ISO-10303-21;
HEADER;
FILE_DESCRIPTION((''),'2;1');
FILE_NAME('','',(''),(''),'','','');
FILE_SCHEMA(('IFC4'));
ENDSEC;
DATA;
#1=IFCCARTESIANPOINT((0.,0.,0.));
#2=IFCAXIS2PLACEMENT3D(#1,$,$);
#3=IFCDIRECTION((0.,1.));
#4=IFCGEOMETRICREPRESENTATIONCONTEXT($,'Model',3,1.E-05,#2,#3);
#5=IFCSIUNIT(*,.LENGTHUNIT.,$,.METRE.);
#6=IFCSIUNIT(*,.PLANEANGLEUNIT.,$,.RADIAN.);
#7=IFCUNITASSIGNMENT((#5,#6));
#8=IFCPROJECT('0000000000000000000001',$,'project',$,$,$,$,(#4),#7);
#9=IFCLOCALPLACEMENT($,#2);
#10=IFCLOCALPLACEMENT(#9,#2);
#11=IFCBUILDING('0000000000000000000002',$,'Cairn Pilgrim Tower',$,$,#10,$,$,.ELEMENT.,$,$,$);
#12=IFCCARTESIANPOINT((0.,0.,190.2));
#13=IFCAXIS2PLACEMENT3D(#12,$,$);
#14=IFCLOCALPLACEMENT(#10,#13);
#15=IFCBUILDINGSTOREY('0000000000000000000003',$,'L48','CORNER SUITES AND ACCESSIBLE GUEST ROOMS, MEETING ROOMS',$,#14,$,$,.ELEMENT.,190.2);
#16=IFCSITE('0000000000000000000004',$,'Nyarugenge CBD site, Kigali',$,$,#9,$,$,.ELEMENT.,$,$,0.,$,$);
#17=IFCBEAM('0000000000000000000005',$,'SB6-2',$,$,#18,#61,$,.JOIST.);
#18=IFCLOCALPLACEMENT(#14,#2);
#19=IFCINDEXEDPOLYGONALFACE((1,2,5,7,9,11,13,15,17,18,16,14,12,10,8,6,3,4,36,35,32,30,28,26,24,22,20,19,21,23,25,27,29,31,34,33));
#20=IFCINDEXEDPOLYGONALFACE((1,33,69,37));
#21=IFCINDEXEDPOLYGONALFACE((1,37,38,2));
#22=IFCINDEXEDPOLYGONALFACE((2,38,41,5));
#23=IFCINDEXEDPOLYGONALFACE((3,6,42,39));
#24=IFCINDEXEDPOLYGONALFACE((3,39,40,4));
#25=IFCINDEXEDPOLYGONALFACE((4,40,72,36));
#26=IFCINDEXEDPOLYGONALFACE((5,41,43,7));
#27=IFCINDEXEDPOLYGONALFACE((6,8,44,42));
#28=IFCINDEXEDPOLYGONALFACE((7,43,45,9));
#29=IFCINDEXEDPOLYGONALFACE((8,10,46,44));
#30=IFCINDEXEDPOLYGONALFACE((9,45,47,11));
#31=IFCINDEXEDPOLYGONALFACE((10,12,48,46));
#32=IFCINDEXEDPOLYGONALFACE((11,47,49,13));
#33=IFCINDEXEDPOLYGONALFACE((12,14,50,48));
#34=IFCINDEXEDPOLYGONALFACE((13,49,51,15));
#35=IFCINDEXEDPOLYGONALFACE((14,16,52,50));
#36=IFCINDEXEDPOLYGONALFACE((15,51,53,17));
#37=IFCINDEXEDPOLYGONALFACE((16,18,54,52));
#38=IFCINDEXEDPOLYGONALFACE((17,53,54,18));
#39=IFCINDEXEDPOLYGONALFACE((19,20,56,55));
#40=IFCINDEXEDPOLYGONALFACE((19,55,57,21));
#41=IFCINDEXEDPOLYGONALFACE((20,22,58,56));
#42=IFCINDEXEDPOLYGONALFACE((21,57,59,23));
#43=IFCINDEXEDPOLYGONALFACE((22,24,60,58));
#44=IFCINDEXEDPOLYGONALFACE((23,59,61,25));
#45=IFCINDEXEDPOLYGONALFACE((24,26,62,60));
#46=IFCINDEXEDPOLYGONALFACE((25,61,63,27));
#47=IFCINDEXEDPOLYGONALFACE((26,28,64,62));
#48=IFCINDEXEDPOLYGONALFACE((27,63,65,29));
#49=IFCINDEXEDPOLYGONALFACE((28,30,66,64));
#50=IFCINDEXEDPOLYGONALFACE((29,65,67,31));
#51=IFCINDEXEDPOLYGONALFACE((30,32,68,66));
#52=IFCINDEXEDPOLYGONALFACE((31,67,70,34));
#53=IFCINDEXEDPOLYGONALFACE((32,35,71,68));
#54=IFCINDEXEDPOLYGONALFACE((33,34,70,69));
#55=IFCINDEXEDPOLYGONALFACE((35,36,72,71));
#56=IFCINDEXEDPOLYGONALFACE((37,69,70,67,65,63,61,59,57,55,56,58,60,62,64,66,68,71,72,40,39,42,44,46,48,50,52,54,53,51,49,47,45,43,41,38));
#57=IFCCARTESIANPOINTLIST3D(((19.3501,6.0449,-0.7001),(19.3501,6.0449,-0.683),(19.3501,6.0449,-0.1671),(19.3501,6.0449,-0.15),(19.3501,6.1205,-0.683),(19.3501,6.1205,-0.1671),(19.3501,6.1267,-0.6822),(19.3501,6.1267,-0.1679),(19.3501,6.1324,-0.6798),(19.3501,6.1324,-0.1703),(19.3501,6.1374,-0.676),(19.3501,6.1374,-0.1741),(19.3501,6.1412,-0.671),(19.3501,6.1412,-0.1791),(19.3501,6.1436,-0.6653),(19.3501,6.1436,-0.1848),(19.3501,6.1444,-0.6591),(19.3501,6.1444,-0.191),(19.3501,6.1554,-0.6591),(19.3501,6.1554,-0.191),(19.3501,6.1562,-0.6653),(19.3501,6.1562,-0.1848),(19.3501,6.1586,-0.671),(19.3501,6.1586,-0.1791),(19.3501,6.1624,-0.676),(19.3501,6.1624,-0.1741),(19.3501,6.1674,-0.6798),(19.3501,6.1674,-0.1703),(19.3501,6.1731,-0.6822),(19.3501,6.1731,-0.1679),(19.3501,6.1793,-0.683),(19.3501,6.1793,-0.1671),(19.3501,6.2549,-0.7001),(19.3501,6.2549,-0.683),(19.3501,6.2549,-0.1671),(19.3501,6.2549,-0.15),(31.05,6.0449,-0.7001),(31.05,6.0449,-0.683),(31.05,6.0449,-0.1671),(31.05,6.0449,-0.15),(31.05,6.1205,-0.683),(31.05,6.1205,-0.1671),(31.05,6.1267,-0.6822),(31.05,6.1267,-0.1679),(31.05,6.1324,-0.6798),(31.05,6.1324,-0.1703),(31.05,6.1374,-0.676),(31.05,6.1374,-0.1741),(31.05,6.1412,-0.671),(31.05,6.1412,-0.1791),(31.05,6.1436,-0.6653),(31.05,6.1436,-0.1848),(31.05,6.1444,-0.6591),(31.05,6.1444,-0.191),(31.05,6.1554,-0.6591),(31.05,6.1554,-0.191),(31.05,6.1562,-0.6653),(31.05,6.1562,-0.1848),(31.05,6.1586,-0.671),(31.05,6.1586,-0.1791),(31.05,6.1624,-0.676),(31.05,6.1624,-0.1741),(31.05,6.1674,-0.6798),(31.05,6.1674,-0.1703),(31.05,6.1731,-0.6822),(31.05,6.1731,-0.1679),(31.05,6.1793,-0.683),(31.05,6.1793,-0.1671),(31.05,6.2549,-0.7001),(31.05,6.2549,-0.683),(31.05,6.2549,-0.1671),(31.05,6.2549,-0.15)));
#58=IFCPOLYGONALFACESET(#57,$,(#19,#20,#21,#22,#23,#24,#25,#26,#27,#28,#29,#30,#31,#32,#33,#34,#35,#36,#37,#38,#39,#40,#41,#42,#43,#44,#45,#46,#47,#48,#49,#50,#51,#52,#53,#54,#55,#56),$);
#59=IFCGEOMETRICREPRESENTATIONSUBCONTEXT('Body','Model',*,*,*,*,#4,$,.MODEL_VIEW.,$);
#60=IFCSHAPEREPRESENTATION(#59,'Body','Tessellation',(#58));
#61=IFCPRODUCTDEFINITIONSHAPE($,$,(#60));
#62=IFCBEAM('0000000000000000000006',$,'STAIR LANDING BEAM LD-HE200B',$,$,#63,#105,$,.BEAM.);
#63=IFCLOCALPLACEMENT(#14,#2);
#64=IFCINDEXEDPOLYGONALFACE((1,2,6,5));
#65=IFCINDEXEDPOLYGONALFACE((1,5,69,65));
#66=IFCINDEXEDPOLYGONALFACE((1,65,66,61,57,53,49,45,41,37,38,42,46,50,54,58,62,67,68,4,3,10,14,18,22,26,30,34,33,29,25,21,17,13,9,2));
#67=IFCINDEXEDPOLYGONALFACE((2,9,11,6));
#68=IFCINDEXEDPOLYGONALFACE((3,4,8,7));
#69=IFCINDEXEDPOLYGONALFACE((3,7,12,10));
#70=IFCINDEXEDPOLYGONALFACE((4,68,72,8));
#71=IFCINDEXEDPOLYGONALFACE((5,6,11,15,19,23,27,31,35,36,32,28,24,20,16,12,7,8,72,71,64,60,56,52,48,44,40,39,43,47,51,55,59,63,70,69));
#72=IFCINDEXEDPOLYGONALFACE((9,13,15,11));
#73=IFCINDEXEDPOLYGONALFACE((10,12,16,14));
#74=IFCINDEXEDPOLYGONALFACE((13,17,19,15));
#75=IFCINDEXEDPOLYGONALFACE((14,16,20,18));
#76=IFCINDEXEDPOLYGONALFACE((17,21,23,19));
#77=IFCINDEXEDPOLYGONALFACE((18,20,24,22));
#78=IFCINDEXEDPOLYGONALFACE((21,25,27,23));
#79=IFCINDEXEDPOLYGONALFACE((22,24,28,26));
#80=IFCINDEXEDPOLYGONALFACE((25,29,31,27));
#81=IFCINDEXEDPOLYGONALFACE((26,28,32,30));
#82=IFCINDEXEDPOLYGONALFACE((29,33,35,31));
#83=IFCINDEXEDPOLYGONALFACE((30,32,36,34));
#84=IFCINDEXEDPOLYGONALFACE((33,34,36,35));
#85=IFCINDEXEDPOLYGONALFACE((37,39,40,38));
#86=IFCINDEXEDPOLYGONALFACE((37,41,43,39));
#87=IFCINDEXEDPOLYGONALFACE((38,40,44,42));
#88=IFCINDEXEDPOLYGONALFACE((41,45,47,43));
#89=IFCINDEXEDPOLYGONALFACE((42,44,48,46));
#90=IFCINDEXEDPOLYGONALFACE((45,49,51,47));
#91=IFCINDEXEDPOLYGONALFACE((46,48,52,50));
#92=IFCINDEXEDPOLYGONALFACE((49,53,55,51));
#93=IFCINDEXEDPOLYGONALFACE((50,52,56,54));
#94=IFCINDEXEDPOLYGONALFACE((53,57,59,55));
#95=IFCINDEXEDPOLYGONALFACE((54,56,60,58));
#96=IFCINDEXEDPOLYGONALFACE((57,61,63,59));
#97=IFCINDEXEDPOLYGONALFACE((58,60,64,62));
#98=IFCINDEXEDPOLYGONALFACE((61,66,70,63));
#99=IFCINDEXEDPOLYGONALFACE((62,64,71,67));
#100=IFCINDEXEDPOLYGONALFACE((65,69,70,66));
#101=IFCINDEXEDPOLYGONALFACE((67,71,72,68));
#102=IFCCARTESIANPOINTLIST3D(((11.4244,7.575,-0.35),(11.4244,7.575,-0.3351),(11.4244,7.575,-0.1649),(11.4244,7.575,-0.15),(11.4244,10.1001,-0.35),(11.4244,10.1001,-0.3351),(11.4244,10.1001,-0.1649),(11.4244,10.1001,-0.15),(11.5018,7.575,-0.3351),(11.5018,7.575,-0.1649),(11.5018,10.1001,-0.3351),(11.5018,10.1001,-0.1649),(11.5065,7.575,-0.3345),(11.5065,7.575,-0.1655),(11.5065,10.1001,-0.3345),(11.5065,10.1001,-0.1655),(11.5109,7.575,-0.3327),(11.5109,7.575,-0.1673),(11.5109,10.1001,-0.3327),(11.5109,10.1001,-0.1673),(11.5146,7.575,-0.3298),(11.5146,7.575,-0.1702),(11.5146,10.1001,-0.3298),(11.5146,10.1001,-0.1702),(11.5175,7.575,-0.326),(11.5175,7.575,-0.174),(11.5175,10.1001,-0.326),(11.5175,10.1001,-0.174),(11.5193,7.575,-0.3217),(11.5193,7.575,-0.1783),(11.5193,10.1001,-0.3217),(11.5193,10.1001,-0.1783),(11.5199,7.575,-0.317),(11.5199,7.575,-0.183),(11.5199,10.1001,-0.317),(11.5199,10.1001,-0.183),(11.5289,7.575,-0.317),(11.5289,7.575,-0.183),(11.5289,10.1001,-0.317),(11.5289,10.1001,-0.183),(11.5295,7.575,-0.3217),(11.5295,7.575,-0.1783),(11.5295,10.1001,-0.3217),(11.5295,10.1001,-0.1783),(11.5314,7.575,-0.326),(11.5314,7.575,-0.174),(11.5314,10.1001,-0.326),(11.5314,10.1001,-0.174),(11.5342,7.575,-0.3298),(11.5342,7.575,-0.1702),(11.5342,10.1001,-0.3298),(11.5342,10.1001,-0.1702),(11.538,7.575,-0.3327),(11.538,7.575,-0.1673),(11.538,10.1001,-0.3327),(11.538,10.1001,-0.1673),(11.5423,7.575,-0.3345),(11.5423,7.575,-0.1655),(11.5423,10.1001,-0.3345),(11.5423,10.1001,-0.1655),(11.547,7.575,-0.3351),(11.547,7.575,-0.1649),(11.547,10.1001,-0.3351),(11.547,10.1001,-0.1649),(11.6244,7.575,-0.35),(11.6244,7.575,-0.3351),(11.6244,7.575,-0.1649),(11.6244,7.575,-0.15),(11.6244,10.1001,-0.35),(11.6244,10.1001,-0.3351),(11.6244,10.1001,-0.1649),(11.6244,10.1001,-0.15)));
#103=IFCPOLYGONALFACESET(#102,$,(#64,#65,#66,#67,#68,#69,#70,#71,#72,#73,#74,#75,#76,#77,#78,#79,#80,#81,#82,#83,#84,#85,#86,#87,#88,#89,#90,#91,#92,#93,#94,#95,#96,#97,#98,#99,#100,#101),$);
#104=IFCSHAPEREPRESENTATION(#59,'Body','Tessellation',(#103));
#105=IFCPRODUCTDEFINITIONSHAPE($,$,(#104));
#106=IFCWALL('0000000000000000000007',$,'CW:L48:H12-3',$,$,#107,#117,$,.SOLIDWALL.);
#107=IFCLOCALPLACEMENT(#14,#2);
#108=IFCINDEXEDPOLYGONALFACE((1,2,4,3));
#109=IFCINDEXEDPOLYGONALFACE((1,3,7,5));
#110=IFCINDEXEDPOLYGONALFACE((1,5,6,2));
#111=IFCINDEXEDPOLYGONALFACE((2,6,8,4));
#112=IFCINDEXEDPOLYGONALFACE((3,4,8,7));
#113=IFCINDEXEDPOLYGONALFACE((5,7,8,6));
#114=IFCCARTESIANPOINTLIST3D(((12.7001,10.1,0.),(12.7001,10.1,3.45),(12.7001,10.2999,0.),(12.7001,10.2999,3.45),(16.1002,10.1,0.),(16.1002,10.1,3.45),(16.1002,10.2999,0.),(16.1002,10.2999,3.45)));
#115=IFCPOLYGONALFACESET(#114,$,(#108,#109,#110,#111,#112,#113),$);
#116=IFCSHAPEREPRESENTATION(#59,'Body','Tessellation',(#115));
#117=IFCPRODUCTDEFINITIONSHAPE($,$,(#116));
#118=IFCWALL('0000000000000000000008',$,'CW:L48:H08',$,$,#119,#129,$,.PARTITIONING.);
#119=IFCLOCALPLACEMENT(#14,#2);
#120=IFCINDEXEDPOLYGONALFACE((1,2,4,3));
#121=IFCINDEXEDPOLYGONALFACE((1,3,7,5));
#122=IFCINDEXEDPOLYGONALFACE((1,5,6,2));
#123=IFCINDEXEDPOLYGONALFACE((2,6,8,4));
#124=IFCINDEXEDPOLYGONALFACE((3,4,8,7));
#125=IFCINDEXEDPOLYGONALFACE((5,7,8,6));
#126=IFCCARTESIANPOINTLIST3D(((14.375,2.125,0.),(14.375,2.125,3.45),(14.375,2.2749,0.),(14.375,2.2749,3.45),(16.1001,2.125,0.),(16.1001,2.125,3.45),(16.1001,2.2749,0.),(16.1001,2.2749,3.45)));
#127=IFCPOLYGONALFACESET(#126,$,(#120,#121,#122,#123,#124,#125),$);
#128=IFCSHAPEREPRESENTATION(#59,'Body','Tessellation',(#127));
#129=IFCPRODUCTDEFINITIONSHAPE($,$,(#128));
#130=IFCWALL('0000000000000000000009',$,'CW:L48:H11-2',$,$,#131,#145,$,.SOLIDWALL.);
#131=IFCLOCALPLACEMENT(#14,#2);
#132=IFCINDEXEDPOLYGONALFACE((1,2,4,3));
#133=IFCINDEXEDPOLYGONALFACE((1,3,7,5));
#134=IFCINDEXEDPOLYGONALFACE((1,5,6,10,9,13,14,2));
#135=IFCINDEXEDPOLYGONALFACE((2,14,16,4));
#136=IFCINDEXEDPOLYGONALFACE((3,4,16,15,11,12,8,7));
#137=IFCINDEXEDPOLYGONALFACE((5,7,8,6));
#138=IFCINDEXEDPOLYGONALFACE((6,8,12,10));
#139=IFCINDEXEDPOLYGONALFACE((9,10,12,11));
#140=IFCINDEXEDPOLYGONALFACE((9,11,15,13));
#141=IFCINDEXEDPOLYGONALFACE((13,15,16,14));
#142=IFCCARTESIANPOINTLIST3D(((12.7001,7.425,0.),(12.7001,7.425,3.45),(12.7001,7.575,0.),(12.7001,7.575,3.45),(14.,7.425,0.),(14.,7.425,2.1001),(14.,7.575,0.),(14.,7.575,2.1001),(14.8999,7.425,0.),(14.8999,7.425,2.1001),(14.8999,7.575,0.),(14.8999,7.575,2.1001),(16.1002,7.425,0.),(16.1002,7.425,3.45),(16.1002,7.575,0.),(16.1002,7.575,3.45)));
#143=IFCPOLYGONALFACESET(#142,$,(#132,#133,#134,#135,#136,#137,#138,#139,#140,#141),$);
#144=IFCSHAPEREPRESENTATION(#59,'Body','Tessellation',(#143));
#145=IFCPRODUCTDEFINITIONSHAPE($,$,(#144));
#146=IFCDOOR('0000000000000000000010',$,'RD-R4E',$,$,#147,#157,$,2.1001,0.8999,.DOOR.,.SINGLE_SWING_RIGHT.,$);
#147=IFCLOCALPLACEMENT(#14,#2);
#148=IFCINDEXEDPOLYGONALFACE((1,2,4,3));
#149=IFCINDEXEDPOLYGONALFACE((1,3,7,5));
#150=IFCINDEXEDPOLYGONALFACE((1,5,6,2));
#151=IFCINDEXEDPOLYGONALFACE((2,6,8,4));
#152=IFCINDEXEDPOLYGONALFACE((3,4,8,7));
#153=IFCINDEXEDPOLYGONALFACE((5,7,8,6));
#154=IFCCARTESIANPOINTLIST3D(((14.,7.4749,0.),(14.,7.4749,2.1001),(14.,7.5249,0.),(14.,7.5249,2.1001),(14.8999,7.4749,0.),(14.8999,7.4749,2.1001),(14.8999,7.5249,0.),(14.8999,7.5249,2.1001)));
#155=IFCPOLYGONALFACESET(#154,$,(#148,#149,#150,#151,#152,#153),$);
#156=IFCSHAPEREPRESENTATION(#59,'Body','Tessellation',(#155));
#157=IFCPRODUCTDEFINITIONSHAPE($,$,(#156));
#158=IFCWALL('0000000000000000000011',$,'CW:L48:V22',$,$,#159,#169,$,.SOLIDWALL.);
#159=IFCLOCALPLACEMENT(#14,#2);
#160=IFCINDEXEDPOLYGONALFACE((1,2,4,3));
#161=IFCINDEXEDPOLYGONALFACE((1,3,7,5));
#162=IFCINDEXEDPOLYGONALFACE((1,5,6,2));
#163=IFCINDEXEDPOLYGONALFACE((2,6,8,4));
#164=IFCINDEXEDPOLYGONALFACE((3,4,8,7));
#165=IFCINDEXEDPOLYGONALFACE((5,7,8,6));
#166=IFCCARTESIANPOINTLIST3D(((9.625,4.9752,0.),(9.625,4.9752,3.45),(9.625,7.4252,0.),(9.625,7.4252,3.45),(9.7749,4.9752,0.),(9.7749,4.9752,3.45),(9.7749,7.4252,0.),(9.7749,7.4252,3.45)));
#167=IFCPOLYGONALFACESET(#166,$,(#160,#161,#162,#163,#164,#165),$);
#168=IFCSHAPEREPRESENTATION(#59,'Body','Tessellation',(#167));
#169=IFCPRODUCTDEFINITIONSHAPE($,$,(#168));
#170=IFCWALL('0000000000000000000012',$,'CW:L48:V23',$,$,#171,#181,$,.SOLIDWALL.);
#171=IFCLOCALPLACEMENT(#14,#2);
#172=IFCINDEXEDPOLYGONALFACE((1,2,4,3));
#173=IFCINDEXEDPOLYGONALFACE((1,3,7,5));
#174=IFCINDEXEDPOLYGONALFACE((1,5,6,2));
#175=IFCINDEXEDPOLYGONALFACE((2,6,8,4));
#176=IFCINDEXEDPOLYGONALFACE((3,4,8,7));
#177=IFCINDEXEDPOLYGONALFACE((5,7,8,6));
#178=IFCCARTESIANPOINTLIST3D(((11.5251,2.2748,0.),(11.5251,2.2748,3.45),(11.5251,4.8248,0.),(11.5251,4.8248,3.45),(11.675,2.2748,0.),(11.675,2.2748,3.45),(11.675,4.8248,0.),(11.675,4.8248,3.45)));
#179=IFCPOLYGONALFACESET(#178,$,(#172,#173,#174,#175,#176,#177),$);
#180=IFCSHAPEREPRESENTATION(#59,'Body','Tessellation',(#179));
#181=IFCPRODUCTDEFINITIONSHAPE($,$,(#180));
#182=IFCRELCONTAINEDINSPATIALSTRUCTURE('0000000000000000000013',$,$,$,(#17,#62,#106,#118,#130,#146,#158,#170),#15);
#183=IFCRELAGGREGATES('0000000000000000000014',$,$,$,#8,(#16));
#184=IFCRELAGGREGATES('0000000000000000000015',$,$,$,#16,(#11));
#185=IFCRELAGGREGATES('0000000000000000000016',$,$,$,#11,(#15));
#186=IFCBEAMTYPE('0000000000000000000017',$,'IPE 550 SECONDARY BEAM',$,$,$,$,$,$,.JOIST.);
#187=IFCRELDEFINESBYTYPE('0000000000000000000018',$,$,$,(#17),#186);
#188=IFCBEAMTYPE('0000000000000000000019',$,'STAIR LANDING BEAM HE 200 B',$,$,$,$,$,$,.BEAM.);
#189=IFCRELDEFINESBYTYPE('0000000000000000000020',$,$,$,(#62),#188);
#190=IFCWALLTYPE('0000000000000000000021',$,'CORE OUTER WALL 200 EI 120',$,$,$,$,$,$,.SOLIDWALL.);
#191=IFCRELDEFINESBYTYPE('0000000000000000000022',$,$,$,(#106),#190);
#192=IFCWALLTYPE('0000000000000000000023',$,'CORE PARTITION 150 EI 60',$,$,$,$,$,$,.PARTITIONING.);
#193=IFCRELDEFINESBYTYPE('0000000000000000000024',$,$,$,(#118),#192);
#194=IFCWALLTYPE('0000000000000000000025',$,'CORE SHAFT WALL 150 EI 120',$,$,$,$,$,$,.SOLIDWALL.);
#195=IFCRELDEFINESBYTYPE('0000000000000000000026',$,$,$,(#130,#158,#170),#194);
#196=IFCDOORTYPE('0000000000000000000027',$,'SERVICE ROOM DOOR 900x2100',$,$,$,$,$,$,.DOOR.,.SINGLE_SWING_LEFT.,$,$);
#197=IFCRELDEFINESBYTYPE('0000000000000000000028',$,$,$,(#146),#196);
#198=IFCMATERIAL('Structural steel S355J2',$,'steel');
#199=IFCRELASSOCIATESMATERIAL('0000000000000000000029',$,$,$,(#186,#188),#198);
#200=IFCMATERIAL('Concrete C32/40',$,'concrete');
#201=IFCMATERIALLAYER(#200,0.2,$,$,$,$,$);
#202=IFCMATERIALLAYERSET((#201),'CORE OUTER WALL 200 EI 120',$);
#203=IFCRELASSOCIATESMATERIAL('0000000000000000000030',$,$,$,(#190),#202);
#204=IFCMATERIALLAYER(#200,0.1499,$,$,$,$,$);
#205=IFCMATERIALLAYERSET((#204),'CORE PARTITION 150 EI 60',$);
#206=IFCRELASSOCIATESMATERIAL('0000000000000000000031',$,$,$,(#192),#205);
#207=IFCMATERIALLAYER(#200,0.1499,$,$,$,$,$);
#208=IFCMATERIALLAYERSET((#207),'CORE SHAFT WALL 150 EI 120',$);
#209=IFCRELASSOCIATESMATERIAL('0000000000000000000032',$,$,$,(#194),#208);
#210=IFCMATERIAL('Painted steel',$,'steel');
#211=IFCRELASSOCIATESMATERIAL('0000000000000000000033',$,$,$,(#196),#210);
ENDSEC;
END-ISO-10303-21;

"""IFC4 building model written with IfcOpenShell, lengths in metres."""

from ifc_helpers import new_model, si_unit, direction, frame, frame_2d, origin, origin_2d, place, context, subcontext, project, spatial, rectangle, i_section, extrude, material, layer, layer_set, material_profile, profile_set, type_object, element, fill, save


model = new_model("IFC4")

# Units and contexts
model_context = context("Model", 3, precision=1e-05, world=origin(), true_north=direction((0.0, 1.0)))
body_context = subcontext(model_context, "Body", "Model", "MODEL_VIEW")
ifc_project = project(units=[si_unit("LENGTHUNIT", "METRE"), si_unit("PLANEANGLEUNIT", "RADIAN")], contexts=[model_context])

# Site, building, storey
site_placement = place(None, origin())
site = spatial("IfcSite", under=ifc_project, at=site_placement, Name="Nyarugenge CBD site, Kigali", CompositionType="ELEMENT", RefElevation=0.0)
building_placement = place(site_placement, origin())
building = spatial("IfcBuilding", under=site, at=building_placement, Name="Cairn Pilgrim Tower", CompositionType="ELEMENT")
storey_placement = place(building_placement, frame((0.0, 0.0, 190.2)))
storey = spatial("IfcBuildingStorey", under=building, at=storey_placement, Name="L48", Description="CORNER SUITES AND ACCESSIBLE GUEST ROOMS, MEETING ROOMS", CompositionType="ELEMENT", Elevation=190.2)

# Shared definitions
ifc_material_1 = material(Name="Structural steel S355J2", Category="steel")

# Beams
ifc_material_profile_1 = material_profile(ifc_material_1, i_section(OverallWidth=0.21, OverallDepth=0.55, WebThickness=0.011, FlangeThickness=0.0171, FilletRadius=0.0239, at=origin_2d()), Name="IPE 550")
ifc_profile_set_1 = profile_set([ifc_material_profile_1], Name="Structural steel S355J2")
beam_type_1 = type_object("IfcBeamType", Name="IPE 550 SECONDARY BEAM", PredefinedType="JOIST", material=ifc_profile_set_1)
for number, where, z_axis, x_axis, name in (
    (1, (19.3501, 6.1499, -0.425), (1.0, 0.0, 0.0), (0.0, 1.0, 0.0), "SB6-2"),
):
    element("IfcBeam", number, at=place(storey_placement, frame(where, z_axis=z_axis, x_axis=x_axis)), inside=storey, type_object=beam_type_1, Name=name, PredefinedType="JOIST", context=body_context, shape_type="SweptSolid", body=[
        extrude(i_section(OverallWidth=0.21, OverallDepth=0.55, WebThickness=0.011, FlangeThickness=0.0171, FilletRadius=0.0239, at=origin_2d()), origin(), (0.0, 0.0, 1.0), 11.7),
    ])
ifc_material_profile_2 = material_profile(ifc_material_1, i_section(OverallWidth=0.2, OverallDepth=0.2, WebThickness=0.009, FlangeThickness=0.0149, FilletRadius=0.0181, at=origin_2d()), Name="HE 200 B")
ifc_profile_set_2 = profile_set([ifc_material_profile_2], Name="Structural steel S355J2")
beam_type_2 = type_object("IfcBeamType", Name="STAIR LANDING BEAM HE 200 B", PredefinedType="BEAM", material=ifc_profile_set_2)
beam_1_placement = place(storey_placement, frame((11.5244, 10.1001, -0.25), z_axis=(0.0, -1.0, 0.0), x_axis=(1.0, 0.0, 0.0)))
element("IfcBeam", 2, at=beam_1_placement, inside=storey, type_object=beam_type_2, Name="STAIR LANDING BEAM LD-HE200B", PredefinedType="BEAM", context=body_context, shape_type="SweptSolid", body=[
    extrude(i_section(OverallWidth=0.2, OverallDepth=0.2, WebThickness=0.009, FlangeThickness=0.0149, FilletRadius=0.0181, at=origin_2d()), origin(), (0.0, 0.0, 1.0), 2.5251),
])

# Walls
ifc_material_2 = material(Name="Concrete C32/40", Category="concrete")
ifc_layer_1 = layer(ifc_material_2, 0.2)
ifc_layer_set_1 = layer_set([ifc_layer_1], Name="CORE OUTER WALL 200 EI 120")
wall_type_1 = type_object("IfcWallType", Name="CORE OUTER WALL 200 EI 120", PredefinedType="SOLIDWALL", material=ifc_layer_set_1)
wall_1_placement = place(storey_placement, frame((12.7, 10.2, 0.0), z_axis=(0.0, 0.0, 1.0), x_axis=(1.0, 0.0, 0.0)))
element("IfcWall", 3, at=wall_1_placement, inside=storey, type_object=wall_type_1, Name="CW:L48:H12-3", PredefinedType="SOLIDWALL", context=body_context, shape_type="SweptSolid", body=[
    extrude(rectangle(XDim=3.4001, YDim=0.2, at=frame_2d((1.7002, 0.0))), origin(), (0.0, 0.0, 1.0), 3.45),
])
ifc_layer_2 = layer(ifc_material_2, 0.1499)
ifc_layer_set_2 = layer_set([ifc_layer_2], Name="CORE PARTITION 150 EI 60")
wall_type_2 = type_object("IfcWallType", Name="CORE PARTITION 150 EI 60", PredefinedType="PARTITIONING", material=ifc_layer_set_2)
wall_2_placement = place(storey_placement, frame((14.375, 2.2, 0.0), z_axis=(0.0, 0.0, 1.0), x_axis=(1.0, 0.0, 0.0)))
element("IfcWall", 4, at=wall_2_placement, inside=storey, type_object=wall_type_2, Name="CW:L48:H08", PredefinedType="PARTITIONING", context=body_context, shape_type="SweptSolid", body=[
    extrude(rectangle(XDim=1.7251, YDim=0.1499, at=frame_2d((0.8625, 0.0))), origin(), (0.0, 0.0, 1.0), 3.45),
])

# Wall, opening, door
ifc_layer_3 = layer(ifc_material_2, 0.1499)
ifc_layer_set_3 = layer_set([ifc_layer_3], Name="CORE SHAFT WALL 150 EI 120")
wall_type_3 = type_object("IfcWallType", Name="CORE SHAFT WALL 150 EI 120", PredefinedType="SOLIDWALL", material=ifc_layer_set_3)
wall_3_placement = place(storey_placement, frame((12.7, 7.5, 0.0), z_axis=(0.0, 0.0, 1.0), x_axis=(1.0, 0.0, 0.0)))
wall_3 = element("IfcWall", 5, at=wall_3_placement, inside=storey, type_object=wall_type_3, Name="CW:L48:H11-2", PredefinedType="SOLIDWALL", context=body_context, shape_type="SweptSolid", body=[
    extrude(rectangle(XDim=3.4001, YDim=0.1499, at=frame_2d((1.7002, 0.0))), origin(), (0.0, 0.0, 1.0), 3.45),
])
opening_1_placement = place(wall_3_placement, frame((1.3, 0.0, 0.0)))
opening_1 = element("IfcOpeningElement", 6, at=opening_1_placement, cuts=wall_3, PredefinedType="OPENING", context=body_context, shape_type="SweptSolid", body=[
    extrude(rectangle(XDim=0.8999, YDim=2.1001, at=frame_2d((0.45, 1.05))), frame((0.0, 0.085, 0.0), z_axis=(0.0, -1.0, 0.0), x_axis=(1.0, 0.0, 0.0)), (0.0, 0.0, 1.0), 0.1699),
])
ifc_material_3 = material(Name="Painted steel", Category="steel")
door_type_1 = type_object("IfcDoorType", Name="SERVICE ROOM DOOR 900x2100", OperationType="SINGLE_SWING_LEFT", PredefinedType="DOOR", material=ifc_material_3)
door_1_placement = place(opening_1_placement, origin())
door_1 = element("IfcDoor", 7, at=door_1_placement, inside=storey, type_object=door_type_1, Name="RD-R4E", OperationType="SINGLE_SWING_RIGHT", OverallHeight=2.1001, OverallWidth=0.8999, PredefinedType="DOOR", context=body_context, shape_type="SweptSolid", body=[
    extrude(rectangle(XDim=0.8999, YDim=2.1001, at=frame_2d((0.45, 1.05))), frame((0.0, 0.0249, 0.0), z_axis=(0.0, -1.0, 0.0), x_axis=(1.0, 0.0, 0.0)), (0.0, 0.0, 1.0), 0.05),
])
fill(opening_1, door_1)

# Walls
wall_4_placement = place(storey_placement, frame((9.7, 4.9751, 0.0), z_axis=(0.0, 0.0, 1.0), x_axis=(0.0, 1.0, 0.0)))
element("IfcWall", 8, at=wall_4_placement, inside=storey, type_object=wall_type_3, Name="CW:L48:V22", PredefinedType="SOLIDWALL", context=body_context, shape_type="SweptSolid", body=[
    extrude(rectangle(XDim=2.45, YDim=0.1499, at=frame_2d((1.2251, 0.0))), origin(), (0.0, 0.0, 1.0), 3.45),
])
for number, where, z_axis, x_axis, name in (
    (9, (11.6001, 2.2749, 0.0), (0.0, 0.0, 1.0), (0.0, 1.0, 0.0), "CW:L48:V23"),
):
    element("IfcWall", number, at=place(storey_placement, frame(where, z_axis=z_axis, x_axis=x_axis)), inside=storey, type_object=wall_type_3, Name=name, PredefinedType="SOLIDWALL", context=body_context, shape_type="SweptSolid", body=[
        extrude(rectangle(XDim=2.55, YDim=0.1499, at=frame_2d((1.2749, 0.0))), origin(), (0.0, 0.0, 1.0), 3.45),
    ])

save(model, "model.ifc")
